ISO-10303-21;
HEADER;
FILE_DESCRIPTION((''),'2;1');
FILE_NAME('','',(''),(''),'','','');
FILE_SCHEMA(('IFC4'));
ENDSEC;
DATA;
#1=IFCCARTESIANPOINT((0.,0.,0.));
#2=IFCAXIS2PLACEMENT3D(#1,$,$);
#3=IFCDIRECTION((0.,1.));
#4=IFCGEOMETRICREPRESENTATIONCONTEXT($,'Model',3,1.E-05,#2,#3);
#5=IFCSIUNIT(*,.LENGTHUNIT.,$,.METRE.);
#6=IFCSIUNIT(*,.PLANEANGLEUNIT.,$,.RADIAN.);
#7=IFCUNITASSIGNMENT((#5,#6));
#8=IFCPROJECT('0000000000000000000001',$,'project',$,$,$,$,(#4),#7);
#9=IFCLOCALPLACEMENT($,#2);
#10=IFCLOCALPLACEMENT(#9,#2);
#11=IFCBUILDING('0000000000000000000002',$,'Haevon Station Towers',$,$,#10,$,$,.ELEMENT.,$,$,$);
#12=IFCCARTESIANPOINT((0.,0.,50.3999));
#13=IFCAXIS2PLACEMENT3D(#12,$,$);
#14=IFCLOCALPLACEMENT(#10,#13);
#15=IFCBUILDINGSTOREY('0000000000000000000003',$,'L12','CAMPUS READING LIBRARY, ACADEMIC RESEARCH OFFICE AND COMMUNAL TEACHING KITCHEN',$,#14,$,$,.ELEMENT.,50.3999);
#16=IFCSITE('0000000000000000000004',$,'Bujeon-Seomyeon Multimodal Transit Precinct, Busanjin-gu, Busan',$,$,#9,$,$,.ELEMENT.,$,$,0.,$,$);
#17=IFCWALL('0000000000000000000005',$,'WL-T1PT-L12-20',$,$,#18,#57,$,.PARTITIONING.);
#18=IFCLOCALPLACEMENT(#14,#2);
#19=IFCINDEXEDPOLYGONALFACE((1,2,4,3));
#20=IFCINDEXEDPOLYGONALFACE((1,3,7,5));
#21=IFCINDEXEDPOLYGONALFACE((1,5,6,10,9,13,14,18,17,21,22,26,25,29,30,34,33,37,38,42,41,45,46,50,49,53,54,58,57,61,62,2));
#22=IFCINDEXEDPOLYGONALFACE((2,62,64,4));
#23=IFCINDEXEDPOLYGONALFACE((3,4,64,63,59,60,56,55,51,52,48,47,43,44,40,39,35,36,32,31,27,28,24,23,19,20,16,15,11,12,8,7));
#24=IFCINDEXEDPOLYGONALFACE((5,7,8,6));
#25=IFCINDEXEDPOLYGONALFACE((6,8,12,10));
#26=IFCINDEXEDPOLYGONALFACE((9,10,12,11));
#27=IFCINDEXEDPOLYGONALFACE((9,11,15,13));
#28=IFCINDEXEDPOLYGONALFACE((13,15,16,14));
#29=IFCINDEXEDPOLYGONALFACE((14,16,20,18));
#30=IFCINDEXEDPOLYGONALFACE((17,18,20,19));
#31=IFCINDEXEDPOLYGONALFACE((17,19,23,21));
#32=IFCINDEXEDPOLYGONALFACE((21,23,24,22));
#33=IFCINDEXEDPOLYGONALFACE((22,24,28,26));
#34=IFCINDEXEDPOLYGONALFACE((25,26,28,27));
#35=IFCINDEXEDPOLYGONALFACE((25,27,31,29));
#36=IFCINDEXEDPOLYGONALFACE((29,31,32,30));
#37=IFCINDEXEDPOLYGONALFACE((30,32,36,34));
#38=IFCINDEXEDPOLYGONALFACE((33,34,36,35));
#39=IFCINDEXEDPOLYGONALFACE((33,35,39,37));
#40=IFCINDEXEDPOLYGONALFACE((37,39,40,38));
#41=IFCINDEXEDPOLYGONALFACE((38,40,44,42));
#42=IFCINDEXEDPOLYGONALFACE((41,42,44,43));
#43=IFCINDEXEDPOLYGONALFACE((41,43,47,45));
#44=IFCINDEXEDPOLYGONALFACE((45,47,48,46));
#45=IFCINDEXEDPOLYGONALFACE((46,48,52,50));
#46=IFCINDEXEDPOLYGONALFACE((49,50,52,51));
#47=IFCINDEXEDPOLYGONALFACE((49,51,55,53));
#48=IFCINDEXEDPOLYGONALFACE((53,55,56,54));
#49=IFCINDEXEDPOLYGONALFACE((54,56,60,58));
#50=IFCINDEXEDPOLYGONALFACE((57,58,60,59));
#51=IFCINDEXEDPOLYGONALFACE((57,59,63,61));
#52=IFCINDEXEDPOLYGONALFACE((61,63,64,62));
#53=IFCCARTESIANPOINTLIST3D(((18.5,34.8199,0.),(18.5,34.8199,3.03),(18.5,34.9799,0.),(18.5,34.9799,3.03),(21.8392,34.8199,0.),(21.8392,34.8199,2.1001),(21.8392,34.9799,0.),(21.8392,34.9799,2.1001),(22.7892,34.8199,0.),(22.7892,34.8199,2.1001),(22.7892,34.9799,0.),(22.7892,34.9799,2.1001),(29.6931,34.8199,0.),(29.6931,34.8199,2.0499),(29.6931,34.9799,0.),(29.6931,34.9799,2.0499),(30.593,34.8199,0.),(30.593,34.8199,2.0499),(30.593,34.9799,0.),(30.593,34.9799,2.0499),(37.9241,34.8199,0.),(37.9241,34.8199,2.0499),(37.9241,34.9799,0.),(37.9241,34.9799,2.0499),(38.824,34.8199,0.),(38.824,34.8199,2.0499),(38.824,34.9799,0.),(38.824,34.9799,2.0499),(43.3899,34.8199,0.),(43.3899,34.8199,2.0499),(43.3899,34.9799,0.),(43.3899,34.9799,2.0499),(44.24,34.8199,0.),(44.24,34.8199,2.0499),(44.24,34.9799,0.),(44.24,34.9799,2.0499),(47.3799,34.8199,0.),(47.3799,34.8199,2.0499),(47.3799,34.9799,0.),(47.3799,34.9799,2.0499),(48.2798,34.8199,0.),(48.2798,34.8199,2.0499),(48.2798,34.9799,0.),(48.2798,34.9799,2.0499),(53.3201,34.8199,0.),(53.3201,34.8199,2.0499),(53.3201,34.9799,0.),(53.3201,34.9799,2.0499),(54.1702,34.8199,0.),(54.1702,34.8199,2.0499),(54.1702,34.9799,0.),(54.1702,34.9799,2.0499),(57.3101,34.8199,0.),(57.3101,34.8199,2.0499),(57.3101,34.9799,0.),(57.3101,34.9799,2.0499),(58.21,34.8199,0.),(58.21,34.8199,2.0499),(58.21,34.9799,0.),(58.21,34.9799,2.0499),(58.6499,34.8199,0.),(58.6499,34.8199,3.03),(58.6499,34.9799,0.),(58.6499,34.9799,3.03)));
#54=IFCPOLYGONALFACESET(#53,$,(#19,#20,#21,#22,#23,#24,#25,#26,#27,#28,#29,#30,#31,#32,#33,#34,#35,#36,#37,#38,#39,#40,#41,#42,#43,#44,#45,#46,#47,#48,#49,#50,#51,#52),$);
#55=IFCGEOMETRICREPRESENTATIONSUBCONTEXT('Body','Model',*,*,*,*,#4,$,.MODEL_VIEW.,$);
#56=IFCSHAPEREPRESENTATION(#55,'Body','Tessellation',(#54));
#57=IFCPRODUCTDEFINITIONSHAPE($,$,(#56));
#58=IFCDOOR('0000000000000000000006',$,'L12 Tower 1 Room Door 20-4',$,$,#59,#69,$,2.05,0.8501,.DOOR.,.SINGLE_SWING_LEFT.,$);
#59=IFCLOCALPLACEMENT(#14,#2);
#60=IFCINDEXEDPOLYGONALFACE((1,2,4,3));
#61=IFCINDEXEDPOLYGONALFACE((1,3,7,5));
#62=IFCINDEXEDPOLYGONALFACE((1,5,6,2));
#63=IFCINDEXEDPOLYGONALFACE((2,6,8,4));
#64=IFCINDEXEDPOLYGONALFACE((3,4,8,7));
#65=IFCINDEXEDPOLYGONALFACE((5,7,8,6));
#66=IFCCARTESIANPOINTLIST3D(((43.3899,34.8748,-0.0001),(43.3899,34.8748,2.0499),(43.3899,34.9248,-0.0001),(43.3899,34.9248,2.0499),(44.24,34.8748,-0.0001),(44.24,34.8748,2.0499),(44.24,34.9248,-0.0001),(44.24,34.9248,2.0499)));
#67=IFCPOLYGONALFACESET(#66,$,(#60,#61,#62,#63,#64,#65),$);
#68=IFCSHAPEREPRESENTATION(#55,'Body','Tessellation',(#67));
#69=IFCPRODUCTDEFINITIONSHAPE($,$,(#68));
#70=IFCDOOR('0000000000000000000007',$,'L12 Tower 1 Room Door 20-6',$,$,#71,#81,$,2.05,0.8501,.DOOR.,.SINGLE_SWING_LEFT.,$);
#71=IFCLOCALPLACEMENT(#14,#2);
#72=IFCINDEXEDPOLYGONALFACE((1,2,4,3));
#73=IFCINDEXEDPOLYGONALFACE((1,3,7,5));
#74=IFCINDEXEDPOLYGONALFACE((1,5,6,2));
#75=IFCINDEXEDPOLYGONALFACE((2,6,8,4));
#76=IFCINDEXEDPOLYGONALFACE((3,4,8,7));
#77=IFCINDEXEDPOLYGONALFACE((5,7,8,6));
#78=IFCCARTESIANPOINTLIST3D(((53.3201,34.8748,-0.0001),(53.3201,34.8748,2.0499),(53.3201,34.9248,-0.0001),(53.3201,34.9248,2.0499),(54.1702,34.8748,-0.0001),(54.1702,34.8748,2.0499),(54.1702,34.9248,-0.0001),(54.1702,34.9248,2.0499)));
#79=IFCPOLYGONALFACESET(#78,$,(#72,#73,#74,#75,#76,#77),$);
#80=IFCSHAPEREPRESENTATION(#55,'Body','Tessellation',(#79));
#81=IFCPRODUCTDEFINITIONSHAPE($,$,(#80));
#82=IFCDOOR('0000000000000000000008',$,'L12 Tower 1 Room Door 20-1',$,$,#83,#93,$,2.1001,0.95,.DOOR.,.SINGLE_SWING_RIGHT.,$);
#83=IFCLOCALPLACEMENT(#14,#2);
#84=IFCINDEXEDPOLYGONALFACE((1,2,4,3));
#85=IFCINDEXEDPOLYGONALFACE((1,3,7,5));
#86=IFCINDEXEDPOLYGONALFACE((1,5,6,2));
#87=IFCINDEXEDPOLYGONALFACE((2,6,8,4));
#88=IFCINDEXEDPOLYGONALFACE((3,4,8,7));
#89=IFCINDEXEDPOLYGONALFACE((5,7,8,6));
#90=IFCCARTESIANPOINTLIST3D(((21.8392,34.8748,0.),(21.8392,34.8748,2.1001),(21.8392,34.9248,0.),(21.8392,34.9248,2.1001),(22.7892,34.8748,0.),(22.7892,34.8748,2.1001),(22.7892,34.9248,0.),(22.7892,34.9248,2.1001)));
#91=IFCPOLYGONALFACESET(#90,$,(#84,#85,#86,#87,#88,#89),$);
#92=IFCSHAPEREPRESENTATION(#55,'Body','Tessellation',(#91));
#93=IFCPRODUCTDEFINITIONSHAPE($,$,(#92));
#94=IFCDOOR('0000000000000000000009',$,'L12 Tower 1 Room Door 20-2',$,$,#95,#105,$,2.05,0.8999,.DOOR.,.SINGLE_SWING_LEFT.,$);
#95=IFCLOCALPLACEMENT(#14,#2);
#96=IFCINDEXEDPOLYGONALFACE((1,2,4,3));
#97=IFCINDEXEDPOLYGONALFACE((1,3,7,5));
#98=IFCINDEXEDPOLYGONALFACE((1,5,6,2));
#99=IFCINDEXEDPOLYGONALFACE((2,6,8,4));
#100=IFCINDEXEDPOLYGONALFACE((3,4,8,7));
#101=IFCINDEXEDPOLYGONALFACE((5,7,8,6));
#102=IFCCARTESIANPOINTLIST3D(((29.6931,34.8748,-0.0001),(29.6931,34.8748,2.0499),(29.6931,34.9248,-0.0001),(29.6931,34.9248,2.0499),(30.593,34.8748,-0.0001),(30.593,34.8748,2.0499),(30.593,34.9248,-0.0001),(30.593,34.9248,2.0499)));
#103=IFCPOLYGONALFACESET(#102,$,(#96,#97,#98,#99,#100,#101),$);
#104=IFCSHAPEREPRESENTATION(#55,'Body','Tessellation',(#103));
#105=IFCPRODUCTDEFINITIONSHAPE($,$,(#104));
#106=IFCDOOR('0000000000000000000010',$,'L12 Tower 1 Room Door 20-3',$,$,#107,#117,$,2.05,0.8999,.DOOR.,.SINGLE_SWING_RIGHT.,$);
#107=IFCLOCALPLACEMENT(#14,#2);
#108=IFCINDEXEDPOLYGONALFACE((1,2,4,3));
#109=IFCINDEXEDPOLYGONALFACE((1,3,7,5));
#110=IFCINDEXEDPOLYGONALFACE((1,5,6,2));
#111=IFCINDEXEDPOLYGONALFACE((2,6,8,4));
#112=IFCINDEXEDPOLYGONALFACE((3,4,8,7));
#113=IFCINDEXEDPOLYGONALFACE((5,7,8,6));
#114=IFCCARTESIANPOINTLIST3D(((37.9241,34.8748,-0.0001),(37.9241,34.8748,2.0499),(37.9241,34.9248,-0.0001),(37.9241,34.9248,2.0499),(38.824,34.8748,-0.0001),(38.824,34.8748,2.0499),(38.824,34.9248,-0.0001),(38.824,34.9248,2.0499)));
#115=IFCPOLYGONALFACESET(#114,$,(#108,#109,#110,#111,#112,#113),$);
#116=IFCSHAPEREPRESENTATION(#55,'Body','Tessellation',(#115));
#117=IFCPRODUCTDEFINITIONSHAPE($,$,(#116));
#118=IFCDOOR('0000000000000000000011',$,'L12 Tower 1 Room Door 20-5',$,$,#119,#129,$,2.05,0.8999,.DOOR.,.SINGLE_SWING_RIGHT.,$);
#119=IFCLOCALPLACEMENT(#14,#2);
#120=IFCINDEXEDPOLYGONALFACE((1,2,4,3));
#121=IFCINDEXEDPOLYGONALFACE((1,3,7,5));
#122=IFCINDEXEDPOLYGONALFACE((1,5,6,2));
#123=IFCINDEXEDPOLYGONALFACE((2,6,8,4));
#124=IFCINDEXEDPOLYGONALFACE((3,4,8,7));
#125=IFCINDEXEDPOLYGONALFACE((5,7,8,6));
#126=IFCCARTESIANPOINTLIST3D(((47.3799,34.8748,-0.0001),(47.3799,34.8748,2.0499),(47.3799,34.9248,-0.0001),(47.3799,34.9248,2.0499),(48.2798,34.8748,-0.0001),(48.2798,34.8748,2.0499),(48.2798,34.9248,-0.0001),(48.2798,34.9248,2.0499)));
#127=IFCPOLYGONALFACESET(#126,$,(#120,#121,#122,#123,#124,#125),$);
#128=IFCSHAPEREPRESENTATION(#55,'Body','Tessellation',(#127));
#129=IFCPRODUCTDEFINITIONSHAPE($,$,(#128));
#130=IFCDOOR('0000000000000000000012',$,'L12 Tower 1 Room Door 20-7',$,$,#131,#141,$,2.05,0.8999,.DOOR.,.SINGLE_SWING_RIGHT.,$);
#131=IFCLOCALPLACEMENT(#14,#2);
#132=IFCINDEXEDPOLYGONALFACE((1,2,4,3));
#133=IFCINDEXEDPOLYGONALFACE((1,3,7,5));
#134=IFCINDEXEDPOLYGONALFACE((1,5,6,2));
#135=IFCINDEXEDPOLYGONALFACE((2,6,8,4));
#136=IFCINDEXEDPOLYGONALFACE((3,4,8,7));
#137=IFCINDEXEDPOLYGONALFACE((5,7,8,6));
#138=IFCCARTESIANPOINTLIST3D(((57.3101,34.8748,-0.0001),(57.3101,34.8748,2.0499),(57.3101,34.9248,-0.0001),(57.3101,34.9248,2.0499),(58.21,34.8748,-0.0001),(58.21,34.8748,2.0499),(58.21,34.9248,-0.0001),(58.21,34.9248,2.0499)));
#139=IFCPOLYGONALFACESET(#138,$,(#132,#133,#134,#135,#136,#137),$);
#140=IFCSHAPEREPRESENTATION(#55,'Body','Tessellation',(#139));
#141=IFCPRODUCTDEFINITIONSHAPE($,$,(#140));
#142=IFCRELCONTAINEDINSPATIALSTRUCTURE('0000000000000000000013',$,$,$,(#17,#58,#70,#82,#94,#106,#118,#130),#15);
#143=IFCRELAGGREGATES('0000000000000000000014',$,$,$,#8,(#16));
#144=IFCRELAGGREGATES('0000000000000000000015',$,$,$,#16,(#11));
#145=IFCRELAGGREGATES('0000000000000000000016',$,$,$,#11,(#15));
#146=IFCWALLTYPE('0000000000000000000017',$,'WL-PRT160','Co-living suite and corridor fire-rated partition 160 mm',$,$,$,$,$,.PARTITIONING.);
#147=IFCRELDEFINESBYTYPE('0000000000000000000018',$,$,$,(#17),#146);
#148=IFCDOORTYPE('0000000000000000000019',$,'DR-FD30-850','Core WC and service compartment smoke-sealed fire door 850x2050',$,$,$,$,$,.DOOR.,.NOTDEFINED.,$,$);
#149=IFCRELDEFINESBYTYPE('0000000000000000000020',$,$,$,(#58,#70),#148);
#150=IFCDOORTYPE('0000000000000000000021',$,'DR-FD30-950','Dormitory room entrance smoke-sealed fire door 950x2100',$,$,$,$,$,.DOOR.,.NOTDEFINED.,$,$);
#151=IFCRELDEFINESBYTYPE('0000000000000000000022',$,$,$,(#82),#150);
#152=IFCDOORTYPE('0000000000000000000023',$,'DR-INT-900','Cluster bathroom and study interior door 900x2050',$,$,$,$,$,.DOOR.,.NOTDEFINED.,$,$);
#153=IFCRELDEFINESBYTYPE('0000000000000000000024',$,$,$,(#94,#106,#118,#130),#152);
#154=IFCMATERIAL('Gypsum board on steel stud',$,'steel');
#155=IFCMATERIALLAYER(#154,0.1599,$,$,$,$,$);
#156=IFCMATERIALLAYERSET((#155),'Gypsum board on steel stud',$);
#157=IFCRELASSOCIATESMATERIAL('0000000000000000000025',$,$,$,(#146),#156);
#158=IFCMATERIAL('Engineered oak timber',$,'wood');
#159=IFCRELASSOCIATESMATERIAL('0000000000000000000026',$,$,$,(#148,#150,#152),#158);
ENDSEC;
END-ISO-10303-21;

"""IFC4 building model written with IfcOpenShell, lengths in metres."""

from ifc_helpers import new_model, si_unit, direction, frame, frame_2d, origin, place, context, subcontext, project, spatial, rectangle, extrude, material, layer, layer_set, type_object, element, fill, save


model = new_model("IFC4")

# Units and contexts
model_context = context("Model", 3, precision=1e-05, world=origin(), true_north=direction((0.0, 1.0)))
body_context = subcontext(model_context, "Body", "Model", "MODEL_VIEW")
ifc_project = project(units=[si_unit("LENGTHUNIT", "METRE"), si_unit("PLANEANGLEUNIT", "RADIAN")], contexts=[model_context])

# Site, building, storey
site_placement = place(None, origin())
site = spatial("IfcSite", under=ifc_project, at=site_placement, Name="Bujeon-Seomyeon Multimodal Transit Precinct, Busanjin-gu, Busan", CompositionType="ELEMENT", RefElevation=0.0)
building_placement = place(site_placement, origin())
building = spatial("IfcBuilding", under=site, at=building_placement, Name="Haevon Station Towers", CompositionType="ELEMENT")
storey_placement = place(building_placement, frame((0.0, 0.0, 50.3999)))
storey = spatial("IfcBuildingStorey", under=building, at=storey_placement, Name="L12", Description="CAMPUS READING LIBRARY, ACADEMIC RESEARCH OFFICE AND COMMUNAL TEACHING KITCHEN", CompositionType="ELEMENT", Elevation=50.3999)

# Shared definitions
ifc_material_1 = material(Name="Gypsum board on steel stud", Category="steel")
ifc_material_2 = material(Name="Engineered oak timber", Category="wood")

# Shared definitions
ifc_layer_1 = layer(ifc_material_1, 0.1599)
ifc_layer_set_1 = layer_set([ifc_layer_1], Name="Gypsum board on steel stud")
wall_type_1 = type_object("IfcWallType", Name="WL-PRT160", Description="Co-living suite and corridor fire-rated partition 160 mm", PredefinedType="PARTITIONING", material=ifc_layer_set_1)

# Wall, openings, doors
wall_1_placement = place(storey_placement, frame((18.5, 34.8999, 0.0), z_axis=(0.0, 0.0, 1.0), x_axis=(1.0, 0.0, 0.0)))
wall_1 = element("IfcWall", 1, at=wall_1_placement, inside=storey, type_object=wall_type_1, Name="WL-T1PT-L12-20", PredefinedType="PARTITIONING", context=body_context, shape_type="SweptSolid", body=[
    extrude(rectangle(XDim=40.1499, YDim=0.1599, at=frame_2d((20.075, 0.0))), origin(), (0.0, 0.0, 1.0), 3.03),
])
opening_1_placement = place(wall_1_placement, frame((3.3391, 0.0, 0.0)))
opening_1 = element("IfcOpeningElement", 2, at=opening_1_placement, cuts=wall_1, PredefinedType="OPENING", context=body_context, shape_type="SweptSolid", body=[
    extrude(rectangle(XDim=0.95, YDim=2.1001, at=frame_2d((0.4751, 1.05))), frame((0.0, 0.0898, 0.0), z_axis=(0.0, -1.0, 0.0), x_axis=(1.0, 0.0, 0.0)), (0.0, 0.0, 1.0), 0.1799),
])
opening_2_placement = place(wall_1_placement, frame((11.1931, 0.0, 0.0)))
opening_2 = element("IfcOpeningElement", 3, at=opening_2_placement, cuts=wall_1, PredefinedType="OPENING", context=body_context, shape_type="SweptSolid", body=[
    extrude(rectangle(XDim=0.8999, YDim=2.05, at=frame_2d((0.45, 1.0249))), frame((0.0, 0.0898, 0.0), z_axis=(0.0, -1.0, 0.0), x_axis=(1.0, 0.0, 0.0)), (0.0, 0.0, 1.0), 0.1799),
])
opening_3_placement = place(wall_1_placement, frame((19.4241, 0.0, 0.0)))
opening_3 = element("IfcOpeningElement", 4, at=opening_3_placement, cuts=wall_1, PredefinedType="OPENING", context=body_context, shape_type="SweptSolid", body=[
    extrude(rectangle(XDim=0.8999, YDim=2.05, at=frame_2d((0.45, 1.0249))), frame((0.0, 0.0898, 0.0), z_axis=(0.0, -1.0, 0.0), x_axis=(1.0, 0.0, 0.0)), (0.0, 0.0, 1.0), 0.1799),
])
opening_4_placement = place(wall_1_placement, frame((24.8899, 0.0, 0.0)))
opening_4 = element("IfcOpeningElement", 5, at=opening_4_placement, cuts=wall_1, PredefinedType="OPENING", context=body_context, shape_type="SweptSolid", body=[
    extrude(rectangle(XDim=0.8501, YDim=2.05, at=frame_2d((0.425, 1.0249))), frame((0.0, 0.0898, 0.0), z_axis=(0.0, -1.0, 0.0), x_axis=(1.0, 0.0, 0.0)), (0.0, 0.0, 1.0), 0.1799),
])
opening_5_placement = place(wall_1_placement, frame((28.8799, 0.0, 0.0)))
opening_5 = element("IfcOpeningElement", 6, at=opening_5_placement, cuts=wall_1, PredefinedType="OPENING", context=body_context, shape_type="SweptSolid", body=[
    extrude(rectangle(XDim=0.8999, YDim=2.05, at=frame_2d((0.45, 1.0249))), frame((0.0, 0.0898, 0.0), z_axis=(0.0, -1.0, 0.0), x_axis=(1.0, 0.0, 0.0)), (0.0, 0.0, 1.0), 0.1799),
])
opening_6_placement = place(wall_1_placement, frame((34.8201, 0.0, 0.0)))
opening_6 = element("IfcOpeningElement", 7, at=opening_6_placement, cuts=wall_1, PredefinedType="OPENING", context=body_context, shape_type="SweptSolid", body=[
    extrude(rectangle(XDim=0.8501, YDim=2.05, at=frame_2d((0.425, 1.0249))), frame((0.0, 0.0898, 0.0), z_axis=(0.0, -1.0, 0.0), x_axis=(1.0, 0.0, 0.0)), (0.0, 0.0, 1.0), 0.1799),
])
opening_7_placement = place(wall_1_placement, frame((38.8101, 0.0, 0.0)))
opening_7 = element("IfcOpeningElement", 8, at=opening_7_placement, cuts=wall_1, PredefinedType="OPENING", context=body_context, shape_type="SweptSolid", body=[
    extrude(rectangle(XDim=0.8999, YDim=2.05, at=frame_2d((0.45, 1.0249))), frame((0.0, 0.0898, 0.0), z_axis=(0.0, -1.0, 0.0), x_axis=(1.0, 0.0, 0.0)), (0.0, 0.0, 1.0), 0.1799),
])
door_type_1 = type_object("IfcDoorType", Name="DR-FD30-850", Description="Core WC and service compartment smoke-sealed fire door 850x2050", OperationType="NOTDEFINED", PredefinedType="DOOR", material=ifc_material_2)
door_1_placement = place(opening_4_placement, origin())
door_1 = element("IfcDoor", 9, at=door_1_placement, inside=storey, type_object=door_type_1, Name="L12 Tower 1 Room Door 20-4", OperationType="SINGLE_SWING_LEFT", OverallHeight=2.05, OverallWidth=0.8501, PredefinedType="DOOR", context=body_context, shape_type="SweptSolid", body=[
    extrude(rectangle(XDim=0.8501, YDim=2.05, at=frame_2d((0.425, 1.0249))), frame((0.0, 0.0249, 0.0), z_axis=(0.0, -1.0, 0.0), x_axis=(1.0, 0.0, 0.0)), (0.0, 0.0, 1.0), 0.05),
])
fill(opening_4, door_1)
door_2_placement = place(opening_6_placement, origin())
door_2 = element("IfcDoor", 10, at=door_2_placement, inside=storey, type_object=door_type_1, Name="L12 Tower 1 Room Door 20-6", OperationType="SINGLE_SWING_LEFT", OverallHeight=2.05, OverallWidth=0.8501, PredefinedType="DOOR", context=body_context, shape_type="SweptSolid", body=[
    extrude(rectangle(XDim=0.8501, YDim=2.05, at=frame_2d((0.425, 1.0249))), frame((0.0, 0.0249, 0.0), z_axis=(0.0, -1.0, 0.0), x_axis=(1.0, 0.0, 0.0)), (0.0, 0.0, 1.0), 0.05),
])
fill(opening_6, door_2)
door_type_2 = type_object("IfcDoorType", Name="DR-FD30-950", Description="Dormitory room entrance smoke-sealed fire door 950x2100", OperationType="NOTDEFINED", PredefinedType="DOOR", material=ifc_material_2)
door_3_placement = place(opening_1_placement, origin())
door_3 = element("IfcDoor", 11, at=door_3_placement, inside=storey, type_object=door_type_2, Name="L12 Tower 1 Room Door 20-1", OperationType="SINGLE_SWING_RIGHT", OverallHeight=2.1001, OverallWidth=0.95, PredefinedType="DOOR", context=body_context, shape_type="SweptSolid", body=[
    extrude(rectangle(XDim=0.95, YDim=2.1001, at=frame_2d((0.4751, 1.05))), frame((0.0, 0.0249, 0.0), z_axis=(0.0, -1.0, 0.0), x_axis=(1.0, 0.0, 0.0)), (0.0, 0.0, 1.0), 0.05),
])
fill(opening_1, door_3)
door_type_3 = type_object("IfcDoorType", Name="DR-INT-900", Description="Cluster bathroom and study interior door 900x2050", OperationType="NOTDEFINED", PredefinedType="DOOR", material=ifc_material_2)
door_4_placement = place(opening_2_placement, origin())
door_4 = element("IfcDoor", 12, at=door_4_placement, inside=storey, type_object=door_type_3, Name="L12 Tower 1 Room Door 20-2", OperationType="SINGLE_SWING_LEFT", OverallHeight=2.05, OverallWidth=0.8999, PredefinedType="DOOR", context=body_context, shape_type="SweptSolid", body=[
    extrude(rectangle(XDim=0.8999, YDim=2.05, at=frame_2d((0.45, 1.0249))), frame((0.0, 0.0249, 0.0), z_axis=(0.0, -1.0, 0.0), x_axis=(1.0, 0.0, 0.0)), (0.0, 0.0, 1.0), 0.05),
])
fill(opening_2, door_4)
door_5_placement = place(opening_3_placement, origin())
door_5 = element("IfcDoor", 13, at=door_5_placement, inside=storey, type_object=door_type_3, Name="L12 Tower 1 Room Door 20-3", OperationType="SINGLE_SWING_RIGHT", OverallHeight=2.05, OverallWidth=0.8999, PredefinedType="DOOR", context=body_context, shape_type="SweptSolid", body=[
    extrude(rectangle(XDim=0.8999, YDim=2.05, at=frame_2d((0.45, 1.0249))), frame((0.0, 0.0249, 0.0), z_axis=(0.0, -1.0, 0.0), x_axis=(1.0, 0.0, 0.0)), (0.0, 0.0, 1.0), 0.05),
])
fill(opening_3, door_5)
door_6_placement = place(opening_5_placement, origin())
door_6 = element("IfcDoor", 14, at=door_6_placement, inside=storey, type_object=door_type_3, Name="L12 Tower 1 Room Door 20-5", OperationType="SINGLE_SWING_RIGHT", OverallHeight=2.05, OverallWidth=0.8999, PredefinedType="DOOR", context=body_context, shape_type="SweptSolid", body=[
    extrude(rectangle(XDim=0.8999, YDim=2.05, at=frame_2d((0.45, 1.0249))), frame((0.0, 0.0249, 0.0), z_axis=(0.0, -1.0, 0.0), x_axis=(1.0, 0.0, 0.0)), (0.0, 0.0, 1.0), 0.05),
])
fill(opening_5, door_6)
door_7_placement = place(opening_7_placement, origin())
door_7 = element("IfcDoor", 15, at=door_7_placement, inside=storey, type_object=door_type_3, Name="L12 Tower 1 Room Door 20-7", OperationType="SINGLE_SWING_RIGHT", OverallHeight=2.05, OverallWidth=0.8999, PredefinedType="DOOR", context=body_context, shape_type="SweptSolid", body=[
    extrude(rectangle(XDim=0.8999, YDim=2.05, at=frame_2d((0.45, 1.0249))), frame((0.0, 0.0249, 0.0), z_axis=(0.0, -1.0, 0.0), x_axis=(1.0, 0.0, 0.0)), (0.0, 0.0, 1.0), 0.05),
])
fill(opening_7, door_7)

save(model, "model.ifc")
